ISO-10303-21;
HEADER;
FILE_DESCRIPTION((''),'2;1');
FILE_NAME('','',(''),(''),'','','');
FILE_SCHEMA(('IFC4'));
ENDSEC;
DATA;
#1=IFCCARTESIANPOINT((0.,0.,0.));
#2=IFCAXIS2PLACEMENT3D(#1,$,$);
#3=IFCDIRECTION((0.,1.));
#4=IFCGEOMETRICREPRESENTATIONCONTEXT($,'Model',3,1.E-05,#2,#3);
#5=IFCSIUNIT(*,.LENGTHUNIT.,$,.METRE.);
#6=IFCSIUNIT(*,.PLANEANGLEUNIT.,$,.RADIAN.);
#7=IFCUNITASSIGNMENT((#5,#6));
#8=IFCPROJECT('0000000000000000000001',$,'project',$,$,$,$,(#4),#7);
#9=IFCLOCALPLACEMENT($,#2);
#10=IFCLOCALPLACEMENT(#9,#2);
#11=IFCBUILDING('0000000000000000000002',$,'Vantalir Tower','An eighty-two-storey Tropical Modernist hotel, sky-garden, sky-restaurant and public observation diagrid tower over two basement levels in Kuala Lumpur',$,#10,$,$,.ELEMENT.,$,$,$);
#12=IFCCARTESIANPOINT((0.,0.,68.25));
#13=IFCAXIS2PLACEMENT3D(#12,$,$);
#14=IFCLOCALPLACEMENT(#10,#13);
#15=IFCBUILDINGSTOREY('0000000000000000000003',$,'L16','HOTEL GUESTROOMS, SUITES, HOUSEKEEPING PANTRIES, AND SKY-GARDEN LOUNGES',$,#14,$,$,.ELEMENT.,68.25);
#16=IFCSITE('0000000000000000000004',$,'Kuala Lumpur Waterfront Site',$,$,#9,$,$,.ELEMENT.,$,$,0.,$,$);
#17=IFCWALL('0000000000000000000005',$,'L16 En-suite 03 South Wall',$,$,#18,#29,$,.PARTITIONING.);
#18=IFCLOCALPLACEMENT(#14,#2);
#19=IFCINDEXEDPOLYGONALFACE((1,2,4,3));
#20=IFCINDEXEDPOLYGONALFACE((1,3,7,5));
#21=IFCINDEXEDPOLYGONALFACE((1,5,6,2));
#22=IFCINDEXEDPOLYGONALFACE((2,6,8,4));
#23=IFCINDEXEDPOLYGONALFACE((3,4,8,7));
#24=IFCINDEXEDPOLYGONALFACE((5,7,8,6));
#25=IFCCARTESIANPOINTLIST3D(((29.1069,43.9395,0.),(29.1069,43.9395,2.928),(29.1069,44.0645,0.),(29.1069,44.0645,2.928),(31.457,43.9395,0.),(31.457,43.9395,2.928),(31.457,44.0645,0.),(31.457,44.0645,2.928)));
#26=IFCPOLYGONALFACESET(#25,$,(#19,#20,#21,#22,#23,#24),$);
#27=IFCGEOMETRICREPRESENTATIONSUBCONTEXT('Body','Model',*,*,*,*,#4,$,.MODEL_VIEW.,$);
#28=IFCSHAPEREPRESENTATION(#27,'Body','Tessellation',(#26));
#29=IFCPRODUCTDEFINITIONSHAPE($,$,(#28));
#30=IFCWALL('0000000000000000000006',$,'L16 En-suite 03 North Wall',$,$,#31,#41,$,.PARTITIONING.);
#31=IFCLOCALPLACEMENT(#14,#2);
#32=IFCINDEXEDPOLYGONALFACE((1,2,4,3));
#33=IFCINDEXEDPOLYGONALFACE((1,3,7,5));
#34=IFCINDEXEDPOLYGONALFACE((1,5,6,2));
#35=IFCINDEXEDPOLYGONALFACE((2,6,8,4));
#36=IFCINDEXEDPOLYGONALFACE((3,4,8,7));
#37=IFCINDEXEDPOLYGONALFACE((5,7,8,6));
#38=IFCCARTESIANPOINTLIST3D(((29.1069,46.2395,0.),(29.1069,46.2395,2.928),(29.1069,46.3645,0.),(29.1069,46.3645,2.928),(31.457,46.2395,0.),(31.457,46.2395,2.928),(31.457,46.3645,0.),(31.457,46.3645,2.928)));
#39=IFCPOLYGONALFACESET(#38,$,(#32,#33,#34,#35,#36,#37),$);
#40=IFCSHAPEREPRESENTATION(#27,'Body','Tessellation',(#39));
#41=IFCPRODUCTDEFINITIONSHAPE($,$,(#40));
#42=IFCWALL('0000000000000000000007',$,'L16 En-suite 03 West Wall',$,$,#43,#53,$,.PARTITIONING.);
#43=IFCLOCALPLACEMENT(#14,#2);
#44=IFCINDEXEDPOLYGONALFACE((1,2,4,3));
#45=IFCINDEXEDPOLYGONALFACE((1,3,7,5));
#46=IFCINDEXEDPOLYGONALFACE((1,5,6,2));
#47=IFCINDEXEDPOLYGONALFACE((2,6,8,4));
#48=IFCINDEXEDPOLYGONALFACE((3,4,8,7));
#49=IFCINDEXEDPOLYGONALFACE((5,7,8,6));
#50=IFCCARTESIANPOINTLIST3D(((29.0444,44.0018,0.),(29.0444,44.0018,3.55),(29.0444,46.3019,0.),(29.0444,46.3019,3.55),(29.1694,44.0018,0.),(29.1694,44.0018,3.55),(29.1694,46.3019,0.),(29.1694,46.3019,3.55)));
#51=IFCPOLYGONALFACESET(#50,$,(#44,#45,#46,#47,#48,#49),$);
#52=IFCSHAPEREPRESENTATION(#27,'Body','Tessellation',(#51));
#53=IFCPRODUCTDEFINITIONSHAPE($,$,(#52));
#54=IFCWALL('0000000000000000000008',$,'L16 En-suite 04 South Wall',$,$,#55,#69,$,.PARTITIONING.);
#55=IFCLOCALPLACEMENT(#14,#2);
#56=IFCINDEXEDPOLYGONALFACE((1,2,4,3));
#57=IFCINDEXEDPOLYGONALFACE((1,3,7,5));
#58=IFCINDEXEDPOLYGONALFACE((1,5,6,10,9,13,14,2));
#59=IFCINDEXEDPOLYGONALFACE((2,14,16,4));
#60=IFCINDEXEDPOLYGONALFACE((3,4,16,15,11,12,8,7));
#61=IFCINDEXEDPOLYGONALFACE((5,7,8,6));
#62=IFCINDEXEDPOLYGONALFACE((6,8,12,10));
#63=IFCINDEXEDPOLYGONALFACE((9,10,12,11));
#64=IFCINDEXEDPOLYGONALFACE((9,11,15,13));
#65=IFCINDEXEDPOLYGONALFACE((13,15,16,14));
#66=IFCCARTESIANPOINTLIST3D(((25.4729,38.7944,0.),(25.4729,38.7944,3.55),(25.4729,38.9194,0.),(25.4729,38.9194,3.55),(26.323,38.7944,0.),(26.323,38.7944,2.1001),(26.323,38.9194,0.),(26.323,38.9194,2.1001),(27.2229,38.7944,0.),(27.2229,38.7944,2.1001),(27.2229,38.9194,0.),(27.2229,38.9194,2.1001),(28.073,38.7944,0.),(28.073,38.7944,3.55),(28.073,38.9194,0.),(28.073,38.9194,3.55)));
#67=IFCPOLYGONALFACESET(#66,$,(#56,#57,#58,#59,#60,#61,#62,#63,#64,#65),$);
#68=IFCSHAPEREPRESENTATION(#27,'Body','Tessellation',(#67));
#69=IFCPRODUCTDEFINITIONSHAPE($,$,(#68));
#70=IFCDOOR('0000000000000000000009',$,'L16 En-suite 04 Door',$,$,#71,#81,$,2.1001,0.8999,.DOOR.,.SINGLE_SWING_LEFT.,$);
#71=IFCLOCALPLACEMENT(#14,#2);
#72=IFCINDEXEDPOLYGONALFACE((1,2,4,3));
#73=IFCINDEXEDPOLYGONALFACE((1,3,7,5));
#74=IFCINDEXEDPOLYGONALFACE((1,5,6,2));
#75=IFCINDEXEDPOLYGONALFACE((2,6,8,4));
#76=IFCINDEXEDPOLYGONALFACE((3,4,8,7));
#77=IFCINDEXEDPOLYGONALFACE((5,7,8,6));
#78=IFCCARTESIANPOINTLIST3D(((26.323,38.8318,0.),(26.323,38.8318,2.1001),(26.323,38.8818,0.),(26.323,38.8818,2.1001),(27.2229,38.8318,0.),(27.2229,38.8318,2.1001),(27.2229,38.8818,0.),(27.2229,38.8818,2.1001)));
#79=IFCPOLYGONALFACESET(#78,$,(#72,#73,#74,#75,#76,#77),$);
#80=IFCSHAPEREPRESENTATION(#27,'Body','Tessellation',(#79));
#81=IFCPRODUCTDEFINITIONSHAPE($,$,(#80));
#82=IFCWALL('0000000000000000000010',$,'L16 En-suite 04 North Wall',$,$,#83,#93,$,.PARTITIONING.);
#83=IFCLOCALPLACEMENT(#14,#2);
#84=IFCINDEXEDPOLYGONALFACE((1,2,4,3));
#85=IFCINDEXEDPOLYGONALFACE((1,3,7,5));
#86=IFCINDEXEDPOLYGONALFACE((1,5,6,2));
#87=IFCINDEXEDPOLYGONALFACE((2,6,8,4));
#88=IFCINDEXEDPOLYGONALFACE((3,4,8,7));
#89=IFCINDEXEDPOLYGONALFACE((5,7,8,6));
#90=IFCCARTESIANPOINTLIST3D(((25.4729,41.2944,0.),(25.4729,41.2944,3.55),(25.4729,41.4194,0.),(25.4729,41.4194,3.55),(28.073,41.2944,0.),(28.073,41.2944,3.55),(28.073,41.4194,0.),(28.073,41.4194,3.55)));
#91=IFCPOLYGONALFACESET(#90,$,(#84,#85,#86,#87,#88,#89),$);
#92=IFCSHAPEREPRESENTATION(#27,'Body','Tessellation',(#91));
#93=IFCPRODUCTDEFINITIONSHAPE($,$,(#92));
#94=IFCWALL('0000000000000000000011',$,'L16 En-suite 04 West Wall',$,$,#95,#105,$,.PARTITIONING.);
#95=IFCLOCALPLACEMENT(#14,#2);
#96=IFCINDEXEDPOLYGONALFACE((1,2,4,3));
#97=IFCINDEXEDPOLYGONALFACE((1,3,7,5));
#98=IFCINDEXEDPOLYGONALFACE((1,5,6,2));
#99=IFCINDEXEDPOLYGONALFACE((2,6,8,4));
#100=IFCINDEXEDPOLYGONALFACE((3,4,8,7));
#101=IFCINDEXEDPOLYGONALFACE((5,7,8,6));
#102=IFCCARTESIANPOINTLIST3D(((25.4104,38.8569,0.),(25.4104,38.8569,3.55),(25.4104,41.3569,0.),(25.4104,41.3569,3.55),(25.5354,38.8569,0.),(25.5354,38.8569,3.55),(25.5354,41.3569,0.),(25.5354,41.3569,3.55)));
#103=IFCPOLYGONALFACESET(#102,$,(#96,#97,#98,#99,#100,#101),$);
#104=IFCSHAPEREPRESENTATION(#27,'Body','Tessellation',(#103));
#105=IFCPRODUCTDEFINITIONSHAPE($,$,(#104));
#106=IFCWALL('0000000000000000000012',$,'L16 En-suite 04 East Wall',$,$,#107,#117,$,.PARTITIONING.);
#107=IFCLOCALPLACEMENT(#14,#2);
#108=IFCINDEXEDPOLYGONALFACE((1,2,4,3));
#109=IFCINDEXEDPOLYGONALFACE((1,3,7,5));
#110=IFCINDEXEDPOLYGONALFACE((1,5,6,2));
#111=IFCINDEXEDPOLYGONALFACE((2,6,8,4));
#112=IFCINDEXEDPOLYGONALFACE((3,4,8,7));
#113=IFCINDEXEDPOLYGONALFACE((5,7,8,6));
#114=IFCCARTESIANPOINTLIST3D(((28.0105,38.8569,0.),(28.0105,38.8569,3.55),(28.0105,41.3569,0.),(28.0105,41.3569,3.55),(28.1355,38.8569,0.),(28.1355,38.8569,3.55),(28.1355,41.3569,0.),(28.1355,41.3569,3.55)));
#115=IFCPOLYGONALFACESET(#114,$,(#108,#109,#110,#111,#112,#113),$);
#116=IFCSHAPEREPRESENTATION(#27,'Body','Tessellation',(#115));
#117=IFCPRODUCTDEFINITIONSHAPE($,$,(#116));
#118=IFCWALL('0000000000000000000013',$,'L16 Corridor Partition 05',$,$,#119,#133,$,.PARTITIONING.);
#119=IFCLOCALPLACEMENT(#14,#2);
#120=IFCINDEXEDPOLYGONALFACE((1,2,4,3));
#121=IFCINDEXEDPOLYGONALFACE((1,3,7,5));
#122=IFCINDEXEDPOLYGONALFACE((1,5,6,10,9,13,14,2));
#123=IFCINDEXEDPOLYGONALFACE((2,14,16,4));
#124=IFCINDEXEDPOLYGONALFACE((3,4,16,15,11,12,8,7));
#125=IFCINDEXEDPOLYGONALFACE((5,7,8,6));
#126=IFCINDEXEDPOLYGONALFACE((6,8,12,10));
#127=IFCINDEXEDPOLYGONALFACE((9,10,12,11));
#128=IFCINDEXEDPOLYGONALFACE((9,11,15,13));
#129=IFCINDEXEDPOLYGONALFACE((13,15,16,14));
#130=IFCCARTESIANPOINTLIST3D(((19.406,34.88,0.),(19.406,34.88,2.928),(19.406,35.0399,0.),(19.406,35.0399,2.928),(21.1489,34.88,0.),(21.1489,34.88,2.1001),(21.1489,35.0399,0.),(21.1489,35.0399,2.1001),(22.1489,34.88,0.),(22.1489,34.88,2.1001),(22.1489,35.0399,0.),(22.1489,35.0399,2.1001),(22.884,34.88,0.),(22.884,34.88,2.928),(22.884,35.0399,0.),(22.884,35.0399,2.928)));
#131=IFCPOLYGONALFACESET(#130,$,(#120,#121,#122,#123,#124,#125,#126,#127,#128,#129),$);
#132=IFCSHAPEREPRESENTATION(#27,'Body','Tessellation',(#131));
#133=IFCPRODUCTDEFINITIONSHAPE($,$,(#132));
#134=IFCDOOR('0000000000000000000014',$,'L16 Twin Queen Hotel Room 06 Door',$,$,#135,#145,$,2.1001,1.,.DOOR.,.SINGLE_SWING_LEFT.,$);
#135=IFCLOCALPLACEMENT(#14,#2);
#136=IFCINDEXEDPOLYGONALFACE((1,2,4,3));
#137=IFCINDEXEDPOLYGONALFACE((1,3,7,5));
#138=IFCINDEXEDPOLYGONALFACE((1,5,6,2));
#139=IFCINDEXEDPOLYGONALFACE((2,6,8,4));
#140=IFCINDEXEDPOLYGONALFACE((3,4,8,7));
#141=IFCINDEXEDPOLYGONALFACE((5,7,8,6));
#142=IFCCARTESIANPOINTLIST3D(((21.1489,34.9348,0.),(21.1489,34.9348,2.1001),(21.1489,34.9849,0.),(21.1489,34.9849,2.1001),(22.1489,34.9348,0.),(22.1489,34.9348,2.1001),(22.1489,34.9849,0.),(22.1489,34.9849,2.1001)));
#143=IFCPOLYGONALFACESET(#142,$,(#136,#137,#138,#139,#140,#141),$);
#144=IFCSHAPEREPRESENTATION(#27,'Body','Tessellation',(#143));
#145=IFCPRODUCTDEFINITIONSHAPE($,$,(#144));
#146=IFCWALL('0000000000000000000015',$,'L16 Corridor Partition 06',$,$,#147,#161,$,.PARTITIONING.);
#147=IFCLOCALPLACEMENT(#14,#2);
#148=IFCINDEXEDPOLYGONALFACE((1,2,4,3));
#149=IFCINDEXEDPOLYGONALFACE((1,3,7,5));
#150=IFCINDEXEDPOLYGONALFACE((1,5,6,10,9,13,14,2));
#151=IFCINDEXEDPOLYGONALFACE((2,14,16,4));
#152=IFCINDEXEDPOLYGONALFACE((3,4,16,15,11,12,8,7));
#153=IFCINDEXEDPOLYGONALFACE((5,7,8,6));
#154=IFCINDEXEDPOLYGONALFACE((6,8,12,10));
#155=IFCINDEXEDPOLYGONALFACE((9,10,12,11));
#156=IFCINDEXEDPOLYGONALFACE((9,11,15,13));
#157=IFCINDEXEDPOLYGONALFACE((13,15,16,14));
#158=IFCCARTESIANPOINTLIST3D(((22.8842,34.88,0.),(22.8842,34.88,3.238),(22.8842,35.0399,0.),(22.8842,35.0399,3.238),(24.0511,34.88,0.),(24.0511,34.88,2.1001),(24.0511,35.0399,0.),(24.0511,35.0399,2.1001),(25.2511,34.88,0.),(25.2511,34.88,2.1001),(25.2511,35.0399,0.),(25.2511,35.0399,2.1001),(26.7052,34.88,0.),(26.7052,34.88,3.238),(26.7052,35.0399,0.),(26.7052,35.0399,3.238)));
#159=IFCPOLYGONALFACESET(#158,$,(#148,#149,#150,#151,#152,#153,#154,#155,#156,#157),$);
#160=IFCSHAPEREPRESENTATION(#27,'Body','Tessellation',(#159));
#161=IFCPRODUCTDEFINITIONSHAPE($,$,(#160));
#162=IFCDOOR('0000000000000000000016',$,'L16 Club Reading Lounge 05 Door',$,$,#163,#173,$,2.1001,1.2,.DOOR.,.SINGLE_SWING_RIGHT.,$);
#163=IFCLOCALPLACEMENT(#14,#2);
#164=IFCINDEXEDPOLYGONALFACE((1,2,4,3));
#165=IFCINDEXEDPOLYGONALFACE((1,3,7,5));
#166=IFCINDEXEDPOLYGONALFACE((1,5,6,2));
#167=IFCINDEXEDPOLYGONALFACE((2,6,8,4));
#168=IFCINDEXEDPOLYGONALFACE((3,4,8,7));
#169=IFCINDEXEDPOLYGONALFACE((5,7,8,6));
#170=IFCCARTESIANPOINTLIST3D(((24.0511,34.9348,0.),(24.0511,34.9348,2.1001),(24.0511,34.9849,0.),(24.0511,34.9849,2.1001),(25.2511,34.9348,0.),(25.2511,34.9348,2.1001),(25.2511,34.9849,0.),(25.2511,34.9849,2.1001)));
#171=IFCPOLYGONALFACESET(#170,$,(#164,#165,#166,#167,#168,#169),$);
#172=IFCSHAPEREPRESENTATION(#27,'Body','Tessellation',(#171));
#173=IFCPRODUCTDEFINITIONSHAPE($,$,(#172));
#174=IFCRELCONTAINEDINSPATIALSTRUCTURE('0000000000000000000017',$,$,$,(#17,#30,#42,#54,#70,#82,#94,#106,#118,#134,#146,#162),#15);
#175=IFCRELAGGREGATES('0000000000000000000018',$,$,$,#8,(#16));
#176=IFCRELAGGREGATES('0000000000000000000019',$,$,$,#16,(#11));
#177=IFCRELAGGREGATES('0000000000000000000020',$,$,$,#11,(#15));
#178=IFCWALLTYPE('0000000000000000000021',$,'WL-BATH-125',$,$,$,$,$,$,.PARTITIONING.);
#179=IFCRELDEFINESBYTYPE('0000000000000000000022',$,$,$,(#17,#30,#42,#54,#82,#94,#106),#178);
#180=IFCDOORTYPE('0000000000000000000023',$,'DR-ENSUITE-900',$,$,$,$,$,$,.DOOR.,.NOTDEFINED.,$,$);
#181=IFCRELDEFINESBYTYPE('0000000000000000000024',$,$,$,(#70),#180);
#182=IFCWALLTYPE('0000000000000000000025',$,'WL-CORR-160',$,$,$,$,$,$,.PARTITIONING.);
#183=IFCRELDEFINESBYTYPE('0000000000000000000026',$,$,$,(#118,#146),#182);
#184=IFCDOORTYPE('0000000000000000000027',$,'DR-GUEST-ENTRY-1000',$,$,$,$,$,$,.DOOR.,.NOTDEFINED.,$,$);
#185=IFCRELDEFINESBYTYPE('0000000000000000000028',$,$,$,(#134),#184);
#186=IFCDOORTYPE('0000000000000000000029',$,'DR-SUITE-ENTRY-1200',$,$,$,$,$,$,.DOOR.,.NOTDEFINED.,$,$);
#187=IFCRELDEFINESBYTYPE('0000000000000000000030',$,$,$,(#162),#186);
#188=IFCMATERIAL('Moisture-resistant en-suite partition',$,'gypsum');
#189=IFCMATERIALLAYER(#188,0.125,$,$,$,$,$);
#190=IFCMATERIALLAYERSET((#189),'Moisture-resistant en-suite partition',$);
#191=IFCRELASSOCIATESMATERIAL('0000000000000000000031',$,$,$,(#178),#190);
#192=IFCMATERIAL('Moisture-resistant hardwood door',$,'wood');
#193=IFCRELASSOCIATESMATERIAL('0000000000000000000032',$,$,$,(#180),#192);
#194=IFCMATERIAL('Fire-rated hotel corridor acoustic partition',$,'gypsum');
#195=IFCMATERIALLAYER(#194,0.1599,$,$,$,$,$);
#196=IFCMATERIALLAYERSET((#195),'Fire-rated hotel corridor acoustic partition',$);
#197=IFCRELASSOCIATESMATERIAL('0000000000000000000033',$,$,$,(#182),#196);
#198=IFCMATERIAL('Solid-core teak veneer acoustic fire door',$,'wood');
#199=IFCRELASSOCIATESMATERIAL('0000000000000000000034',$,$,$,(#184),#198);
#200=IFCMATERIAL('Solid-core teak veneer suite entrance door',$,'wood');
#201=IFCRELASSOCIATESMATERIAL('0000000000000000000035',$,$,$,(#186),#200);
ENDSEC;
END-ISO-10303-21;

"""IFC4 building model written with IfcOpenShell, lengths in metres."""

from ifc_helpers import new_model, si_unit, direction, frame, frame_2d, origin, place, context, subcontext, project, spatial, rectangle, extrude, material, layer, layer_set, type_object, element, fill, save


model = new_model("IFC4")

# Units and contexts
model_context = context("Model", 3, precision=1e-05, world=origin(), true_north=direction((0.0, 1.0)))
body_context = subcontext(model_context, "Body", "Model", "MODEL_VIEW")
ifc_project = project(units=[si_unit("LENGTHUNIT", "METRE"), si_unit("PLANEANGLEUNIT", "RADIAN")], contexts=[model_context])

# Site, building, storey
site_placement = place(None, origin())
site = spatial("IfcSite", under=ifc_project, at=site_placement, Name="Kuala Lumpur Waterfront Site", CompositionType="ELEMENT", RefElevation=0.0)
building_placement = place(site_placement, origin())
building = spatial("IfcBuilding", under=site, at=building_placement, Name="Vantalir Tower", Description="An eighty-two-storey Tropical Modernist hotel, sky-garden, sky-restaurant and public observation diagrid tower over two basement levels in Kuala Lumpur", CompositionType="ELEMENT")
storey_placement = place(building_placement, frame((0.0, 0.0, 68.25)))
storey = spatial("IfcBuildingStorey", under=building, at=storey_placement, Name="L16", Description="HOTEL GUESTROOMS, SUITES, HOUSEKEEPING PANTRIES, AND SKY-GARDEN LOUNGES", CompositionType="ELEMENT", Elevation=68.25)

# Walls
ifc_material_1 = material(Name="Moisture-resistant en-suite partition", Category="gypsum")
ifc_layer_1 = layer(ifc_material_1, 0.125)
ifc_layer_set_1 = layer_set([ifc_layer_1], Name="Moisture-resistant en-suite partition")
wall_type_1 = type_object("IfcWallType", Name="WL-BATH-125", PredefinedType="PARTITIONING", material=ifc_layer_set_1)
for number, where, z_axis, x_axis, name in (
    (1, (29.1069, 44.002, 0.0), (0.0, 0.0, 1.0), (1.0, 0.0, 0.0), "L16 En-suite 03 South Wall"),
    (2, (29.1069, 46.302, 0.0), (0.0, 0.0, 1.0), (1.0, 0.0, 0.0), "L16 En-suite 03 North Wall"),
):
    element("IfcWall", number, at=place(storey_placement, frame(where, z_axis=z_axis, x_axis=x_axis)), inside=storey, type_object=wall_type_1, Name=name, PredefinedType="PARTITIONING", context=body_context, shape_type="SweptSolid", body=[
        extrude(rectangle(XDim=2.3501, YDim=0.125, at=frame_2d((1.175, 0.0))), origin(), (0.0, 0.0, 1.0), 2.928),
    ])
wall_1_placement = place(storey_placement, frame((29.1069, 44.002, 0.0), z_axis=(0.0, 0.0, 1.0), x_axis=(0.0, 1.0, 0.0)))
element("IfcWall", 3, at=wall_1_placement, inside=storey, type_object=wall_type_1, Name="L16 En-suite 03 West Wall", PredefinedType="PARTITIONING", context=body_context, shape_type="SweptSolid", body=[
    extrude(rectangle(XDim=2.3, YDim=0.125, at=frame_2d((1.1499, 0.0))), origin(), (0.0, 0.0, 1.0), 3.55),
])

# Wall, opening, door
wall_2_placement = place(storey_placement, frame((25.4729, 38.8569, 0.0), z_axis=(0.0, 0.0, 1.0), x_axis=(1.0, 0.0, 0.0)))
wall_2 = element("IfcWall", 4, at=wall_2_placement, inside=storey, type_object=wall_type_1, Name="L16 En-suite 04 South Wall", PredefinedType="PARTITIONING", context=body_context, shape_type="SweptSolid", body=[
    extrude(rectangle(XDim=2.6001, YDim=0.125, at=frame_2d((1.3, 0.0))), origin(), (0.0, 0.0, 1.0), 3.55),
])
opening_1_placement = place(wall_2_placement, frame((0.8501, 0.0, 0.0)))
opening_1 = element("IfcOpeningElement", 5, at=opening_1_placement, cuts=wall_2, PredefinedType="OPENING", context=body_context, shape_type="SweptSolid", body=[
    extrude(rectangle(XDim=0.8999, YDim=2.1001, at=frame_2d((0.45, 1.05))), frame((0.0, 0.0725, 0.0), z_axis=(0.0, -1.0, 0.0), x_axis=(1.0, 0.0, 0.0)), (0.0, 0.0, 1.0), 0.145),
])
ifc_material_2 = material(Name="Moisture-resistant hardwood door", Category="wood")
door_type_1 = type_object("IfcDoorType", Name="DR-ENSUITE-900", OperationType="NOTDEFINED", PredefinedType="DOOR", material=ifc_material_2)
door_1_placement = place(opening_1_placement, origin())
door_1 = element("IfcDoor", 6, at=door_1_placement, inside=storey, type_object=door_type_1, Name="L16 En-suite 04 Door", OperationType="SINGLE_SWING_LEFT", OverallHeight=2.1001, OverallWidth=0.8999, PredefinedType="DOOR", context=body_context, shape_type="SweptSolid", body=[
    extrude(rectangle(XDim=0.8999, YDim=2.1001, at=frame_2d((0.45, 1.05))), frame((0.0, 0.0249, 0.0), z_axis=(0.0, -1.0, 0.0), x_axis=(1.0, 0.0, 0.0)), (0.0, 0.0, 1.0), 0.05),
])
fill(opening_1, door_1)

# Walls
wall_3_placement = place(storey_placement, frame((25.4729, 41.3569, 0.0), z_axis=(0.0, 0.0, 1.0), x_axis=(1.0, 0.0, 0.0)))
element("IfcWall", 7, at=wall_3_placement, inside=storey, type_object=wall_type_1, Name="L16 En-suite 04 North Wall", PredefinedType="PARTITIONING", context=body_context, shape_type="SweptSolid", body=[
    extrude(rectangle(XDim=2.6001, YDim=0.125, at=frame_2d((1.3, 0.0))), origin(), (0.0, 0.0, 1.0), 3.55),
])
for number, where, z_axis, x_axis, name in (
    (8, (25.4729, 38.8569, 0.0), (0.0, 0.0, 1.0), (0.0, 1.0, 0.0), "L16 En-suite 04 West Wall"),
    (9, (28.073, 38.8569, 0.0), (0.0, 0.0, 1.0), (0.0, 1.0, 0.0), "L16 En-suite 04 East Wall"),
):
    element("IfcWall", number, at=place(storey_placement, frame(where, z_axis=z_axis, x_axis=x_axis)), inside=storey, type_object=wall_type_1, Name=name, PredefinedType="PARTITIONING", context=body_context, shape_type="SweptSolid", body=[
        extrude(rectangle(XDim=2.5, YDim=0.125, at=frame_2d((1.25, 0.0))), origin(), (0.0, 0.0, 1.0), 3.55),
    ])

# Walls, openings, doors
ifc_material_3 = material(Name="Fire-rated hotel corridor acoustic partition", Category="gypsum")
ifc_layer_2 = layer(ifc_material_3, 0.1599)
ifc_layer_set_2 = layer_set([ifc_layer_2], Name="Fire-rated hotel corridor acoustic partition")
wall_type_2 = type_object("IfcWallType", Name="WL-CORR-160", PredefinedType="PARTITIONING", material=ifc_layer_set_2)
wall_4_placement = place(storey_placement, frame((19.406, 34.96, 0.0), z_axis=(0.0, 0.0, 1.0), x_axis=(1.0, 0.0, 0.0)))
wall_4 = element("IfcWall", 10, at=wall_4_placement, inside=storey, type_object=wall_type_2, Name="L16 Corridor Partition 05", PredefinedType="PARTITIONING", context=body_context, shape_type="SweptSolid", body=[
    extrude(rectangle(XDim=3.478, YDim=0.1599, at=frame_2d((1.739, 0.0))), origin(), (0.0, 0.0, 1.0), 2.928),
])
opening_2_placement = place(wall_4_placement, frame((1.7429, 0.0, 0.0)))
opening_2 = element("IfcOpeningElement", 11, at=opening_2_placement, cuts=wall_4, PredefinedType="OPENING", context=body_context, shape_type="SweptSolid", body=[
    extrude(rectangle(XDim=1.0, YDim=2.1001, at=frame_2d((0.5, 1.05))), frame((0.0, 0.0898, 0.0), z_axis=(0.0, -1.0, 0.0), x_axis=(1.0, 0.0, 0.0)), (0.0, 0.0, 1.0), 0.1799),
])
ifc_material_4 = material(Name="Solid-core teak veneer acoustic fire door", Category="wood")
door_type_2 = type_object("IfcDoorType", Name="DR-GUEST-ENTRY-1000", OperationType="NOTDEFINED", PredefinedType="DOOR", material=ifc_material_4)
door_2_placement = place(opening_2_placement, origin())
door_2 = element("IfcDoor", 12, at=door_2_placement, inside=storey, type_object=door_type_2, Name="L16 Twin Queen Hotel Room 06 Door", OperationType="SINGLE_SWING_LEFT", OverallHeight=2.1001, OverallWidth=1.0, PredefinedType="DOOR", context=body_context, shape_type="SweptSolid", body=[
    extrude(rectangle(XDim=1.0, YDim=2.1001, at=frame_2d((0.5, 1.05))), frame((0.0, 0.0249, 0.0), z_axis=(0.0, -1.0, 0.0), x_axis=(1.0, 0.0, 0.0)), (0.0, 0.0, 1.0), 0.05),
])
fill(opening_2, door_2)
wall_5_placement = place(storey_placement, frame((22.884, 34.96, 0.0), z_axis=(0.0, 0.0, 1.0), x_axis=(1.0, 0.0, 0.0)))
wall_5 = element("IfcWall", 13, at=wall_5_placement, inside=storey, type_object=wall_type_2, Name="L16 Corridor Partition 06", PredefinedType="PARTITIONING", context=body_context, shape_type="SweptSolid", body=[
    extrude(rectangle(XDim=3.821, YDim=0.1599, at=frame_2d((1.9106, 0.0))), origin(), (0.0, 0.0, 1.0), 3.238),
])
opening_3_placement = place(wall_5_placement, frame((1.167, 0.0, 0.0)))
opening_3 = element("IfcOpeningElement", 14, at=opening_3_placement, cuts=wall_5, PredefinedType="OPENING", context=body_context, shape_type="SweptSolid", body=[
    extrude(rectangle(XDim=1.2, YDim=2.1001, at=frame_2d((0.6001, 1.05))), frame((0.0, 0.0898, 0.0), z_axis=(0.0, -1.0, 0.0), x_axis=(1.0, 0.0, 0.0)), (0.0, 0.0, 1.0), 0.1799),
])
ifc_material_5 = material(Name="Solid-core teak veneer suite entrance door", Category="wood")
door_type_3 = type_object("IfcDoorType", Name="DR-SUITE-ENTRY-1200", OperationType="NOTDEFINED", PredefinedType="DOOR", material=ifc_material_5)
door_3_placement = place(opening_3_placement, origin())
door_3 = element("IfcDoor", 15, at=door_3_placement, inside=storey, type_object=door_type_3, Name="L16 Club Reading Lounge 05 Door", OperationType="SINGLE_SWING_RIGHT", OverallHeight=2.1001, OverallWidth=1.2, PredefinedType="DOOR", context=body_context, shape_type="SweptSolid", body=[
    extrude(rectangle(XDim=1.2, YDim=2.1001, at=frame_2d((0.6001, 1.05))), frame((0.0, 0.0249, 0.0), z_axis=(0.0, -1.0, 0.0), x_axis=(1.0, 0.0, 0.0)), (0.0, 0.0, 1.0), 0.05),
])
fill(opening_3, door_3)

save(model, "model.ifc")
